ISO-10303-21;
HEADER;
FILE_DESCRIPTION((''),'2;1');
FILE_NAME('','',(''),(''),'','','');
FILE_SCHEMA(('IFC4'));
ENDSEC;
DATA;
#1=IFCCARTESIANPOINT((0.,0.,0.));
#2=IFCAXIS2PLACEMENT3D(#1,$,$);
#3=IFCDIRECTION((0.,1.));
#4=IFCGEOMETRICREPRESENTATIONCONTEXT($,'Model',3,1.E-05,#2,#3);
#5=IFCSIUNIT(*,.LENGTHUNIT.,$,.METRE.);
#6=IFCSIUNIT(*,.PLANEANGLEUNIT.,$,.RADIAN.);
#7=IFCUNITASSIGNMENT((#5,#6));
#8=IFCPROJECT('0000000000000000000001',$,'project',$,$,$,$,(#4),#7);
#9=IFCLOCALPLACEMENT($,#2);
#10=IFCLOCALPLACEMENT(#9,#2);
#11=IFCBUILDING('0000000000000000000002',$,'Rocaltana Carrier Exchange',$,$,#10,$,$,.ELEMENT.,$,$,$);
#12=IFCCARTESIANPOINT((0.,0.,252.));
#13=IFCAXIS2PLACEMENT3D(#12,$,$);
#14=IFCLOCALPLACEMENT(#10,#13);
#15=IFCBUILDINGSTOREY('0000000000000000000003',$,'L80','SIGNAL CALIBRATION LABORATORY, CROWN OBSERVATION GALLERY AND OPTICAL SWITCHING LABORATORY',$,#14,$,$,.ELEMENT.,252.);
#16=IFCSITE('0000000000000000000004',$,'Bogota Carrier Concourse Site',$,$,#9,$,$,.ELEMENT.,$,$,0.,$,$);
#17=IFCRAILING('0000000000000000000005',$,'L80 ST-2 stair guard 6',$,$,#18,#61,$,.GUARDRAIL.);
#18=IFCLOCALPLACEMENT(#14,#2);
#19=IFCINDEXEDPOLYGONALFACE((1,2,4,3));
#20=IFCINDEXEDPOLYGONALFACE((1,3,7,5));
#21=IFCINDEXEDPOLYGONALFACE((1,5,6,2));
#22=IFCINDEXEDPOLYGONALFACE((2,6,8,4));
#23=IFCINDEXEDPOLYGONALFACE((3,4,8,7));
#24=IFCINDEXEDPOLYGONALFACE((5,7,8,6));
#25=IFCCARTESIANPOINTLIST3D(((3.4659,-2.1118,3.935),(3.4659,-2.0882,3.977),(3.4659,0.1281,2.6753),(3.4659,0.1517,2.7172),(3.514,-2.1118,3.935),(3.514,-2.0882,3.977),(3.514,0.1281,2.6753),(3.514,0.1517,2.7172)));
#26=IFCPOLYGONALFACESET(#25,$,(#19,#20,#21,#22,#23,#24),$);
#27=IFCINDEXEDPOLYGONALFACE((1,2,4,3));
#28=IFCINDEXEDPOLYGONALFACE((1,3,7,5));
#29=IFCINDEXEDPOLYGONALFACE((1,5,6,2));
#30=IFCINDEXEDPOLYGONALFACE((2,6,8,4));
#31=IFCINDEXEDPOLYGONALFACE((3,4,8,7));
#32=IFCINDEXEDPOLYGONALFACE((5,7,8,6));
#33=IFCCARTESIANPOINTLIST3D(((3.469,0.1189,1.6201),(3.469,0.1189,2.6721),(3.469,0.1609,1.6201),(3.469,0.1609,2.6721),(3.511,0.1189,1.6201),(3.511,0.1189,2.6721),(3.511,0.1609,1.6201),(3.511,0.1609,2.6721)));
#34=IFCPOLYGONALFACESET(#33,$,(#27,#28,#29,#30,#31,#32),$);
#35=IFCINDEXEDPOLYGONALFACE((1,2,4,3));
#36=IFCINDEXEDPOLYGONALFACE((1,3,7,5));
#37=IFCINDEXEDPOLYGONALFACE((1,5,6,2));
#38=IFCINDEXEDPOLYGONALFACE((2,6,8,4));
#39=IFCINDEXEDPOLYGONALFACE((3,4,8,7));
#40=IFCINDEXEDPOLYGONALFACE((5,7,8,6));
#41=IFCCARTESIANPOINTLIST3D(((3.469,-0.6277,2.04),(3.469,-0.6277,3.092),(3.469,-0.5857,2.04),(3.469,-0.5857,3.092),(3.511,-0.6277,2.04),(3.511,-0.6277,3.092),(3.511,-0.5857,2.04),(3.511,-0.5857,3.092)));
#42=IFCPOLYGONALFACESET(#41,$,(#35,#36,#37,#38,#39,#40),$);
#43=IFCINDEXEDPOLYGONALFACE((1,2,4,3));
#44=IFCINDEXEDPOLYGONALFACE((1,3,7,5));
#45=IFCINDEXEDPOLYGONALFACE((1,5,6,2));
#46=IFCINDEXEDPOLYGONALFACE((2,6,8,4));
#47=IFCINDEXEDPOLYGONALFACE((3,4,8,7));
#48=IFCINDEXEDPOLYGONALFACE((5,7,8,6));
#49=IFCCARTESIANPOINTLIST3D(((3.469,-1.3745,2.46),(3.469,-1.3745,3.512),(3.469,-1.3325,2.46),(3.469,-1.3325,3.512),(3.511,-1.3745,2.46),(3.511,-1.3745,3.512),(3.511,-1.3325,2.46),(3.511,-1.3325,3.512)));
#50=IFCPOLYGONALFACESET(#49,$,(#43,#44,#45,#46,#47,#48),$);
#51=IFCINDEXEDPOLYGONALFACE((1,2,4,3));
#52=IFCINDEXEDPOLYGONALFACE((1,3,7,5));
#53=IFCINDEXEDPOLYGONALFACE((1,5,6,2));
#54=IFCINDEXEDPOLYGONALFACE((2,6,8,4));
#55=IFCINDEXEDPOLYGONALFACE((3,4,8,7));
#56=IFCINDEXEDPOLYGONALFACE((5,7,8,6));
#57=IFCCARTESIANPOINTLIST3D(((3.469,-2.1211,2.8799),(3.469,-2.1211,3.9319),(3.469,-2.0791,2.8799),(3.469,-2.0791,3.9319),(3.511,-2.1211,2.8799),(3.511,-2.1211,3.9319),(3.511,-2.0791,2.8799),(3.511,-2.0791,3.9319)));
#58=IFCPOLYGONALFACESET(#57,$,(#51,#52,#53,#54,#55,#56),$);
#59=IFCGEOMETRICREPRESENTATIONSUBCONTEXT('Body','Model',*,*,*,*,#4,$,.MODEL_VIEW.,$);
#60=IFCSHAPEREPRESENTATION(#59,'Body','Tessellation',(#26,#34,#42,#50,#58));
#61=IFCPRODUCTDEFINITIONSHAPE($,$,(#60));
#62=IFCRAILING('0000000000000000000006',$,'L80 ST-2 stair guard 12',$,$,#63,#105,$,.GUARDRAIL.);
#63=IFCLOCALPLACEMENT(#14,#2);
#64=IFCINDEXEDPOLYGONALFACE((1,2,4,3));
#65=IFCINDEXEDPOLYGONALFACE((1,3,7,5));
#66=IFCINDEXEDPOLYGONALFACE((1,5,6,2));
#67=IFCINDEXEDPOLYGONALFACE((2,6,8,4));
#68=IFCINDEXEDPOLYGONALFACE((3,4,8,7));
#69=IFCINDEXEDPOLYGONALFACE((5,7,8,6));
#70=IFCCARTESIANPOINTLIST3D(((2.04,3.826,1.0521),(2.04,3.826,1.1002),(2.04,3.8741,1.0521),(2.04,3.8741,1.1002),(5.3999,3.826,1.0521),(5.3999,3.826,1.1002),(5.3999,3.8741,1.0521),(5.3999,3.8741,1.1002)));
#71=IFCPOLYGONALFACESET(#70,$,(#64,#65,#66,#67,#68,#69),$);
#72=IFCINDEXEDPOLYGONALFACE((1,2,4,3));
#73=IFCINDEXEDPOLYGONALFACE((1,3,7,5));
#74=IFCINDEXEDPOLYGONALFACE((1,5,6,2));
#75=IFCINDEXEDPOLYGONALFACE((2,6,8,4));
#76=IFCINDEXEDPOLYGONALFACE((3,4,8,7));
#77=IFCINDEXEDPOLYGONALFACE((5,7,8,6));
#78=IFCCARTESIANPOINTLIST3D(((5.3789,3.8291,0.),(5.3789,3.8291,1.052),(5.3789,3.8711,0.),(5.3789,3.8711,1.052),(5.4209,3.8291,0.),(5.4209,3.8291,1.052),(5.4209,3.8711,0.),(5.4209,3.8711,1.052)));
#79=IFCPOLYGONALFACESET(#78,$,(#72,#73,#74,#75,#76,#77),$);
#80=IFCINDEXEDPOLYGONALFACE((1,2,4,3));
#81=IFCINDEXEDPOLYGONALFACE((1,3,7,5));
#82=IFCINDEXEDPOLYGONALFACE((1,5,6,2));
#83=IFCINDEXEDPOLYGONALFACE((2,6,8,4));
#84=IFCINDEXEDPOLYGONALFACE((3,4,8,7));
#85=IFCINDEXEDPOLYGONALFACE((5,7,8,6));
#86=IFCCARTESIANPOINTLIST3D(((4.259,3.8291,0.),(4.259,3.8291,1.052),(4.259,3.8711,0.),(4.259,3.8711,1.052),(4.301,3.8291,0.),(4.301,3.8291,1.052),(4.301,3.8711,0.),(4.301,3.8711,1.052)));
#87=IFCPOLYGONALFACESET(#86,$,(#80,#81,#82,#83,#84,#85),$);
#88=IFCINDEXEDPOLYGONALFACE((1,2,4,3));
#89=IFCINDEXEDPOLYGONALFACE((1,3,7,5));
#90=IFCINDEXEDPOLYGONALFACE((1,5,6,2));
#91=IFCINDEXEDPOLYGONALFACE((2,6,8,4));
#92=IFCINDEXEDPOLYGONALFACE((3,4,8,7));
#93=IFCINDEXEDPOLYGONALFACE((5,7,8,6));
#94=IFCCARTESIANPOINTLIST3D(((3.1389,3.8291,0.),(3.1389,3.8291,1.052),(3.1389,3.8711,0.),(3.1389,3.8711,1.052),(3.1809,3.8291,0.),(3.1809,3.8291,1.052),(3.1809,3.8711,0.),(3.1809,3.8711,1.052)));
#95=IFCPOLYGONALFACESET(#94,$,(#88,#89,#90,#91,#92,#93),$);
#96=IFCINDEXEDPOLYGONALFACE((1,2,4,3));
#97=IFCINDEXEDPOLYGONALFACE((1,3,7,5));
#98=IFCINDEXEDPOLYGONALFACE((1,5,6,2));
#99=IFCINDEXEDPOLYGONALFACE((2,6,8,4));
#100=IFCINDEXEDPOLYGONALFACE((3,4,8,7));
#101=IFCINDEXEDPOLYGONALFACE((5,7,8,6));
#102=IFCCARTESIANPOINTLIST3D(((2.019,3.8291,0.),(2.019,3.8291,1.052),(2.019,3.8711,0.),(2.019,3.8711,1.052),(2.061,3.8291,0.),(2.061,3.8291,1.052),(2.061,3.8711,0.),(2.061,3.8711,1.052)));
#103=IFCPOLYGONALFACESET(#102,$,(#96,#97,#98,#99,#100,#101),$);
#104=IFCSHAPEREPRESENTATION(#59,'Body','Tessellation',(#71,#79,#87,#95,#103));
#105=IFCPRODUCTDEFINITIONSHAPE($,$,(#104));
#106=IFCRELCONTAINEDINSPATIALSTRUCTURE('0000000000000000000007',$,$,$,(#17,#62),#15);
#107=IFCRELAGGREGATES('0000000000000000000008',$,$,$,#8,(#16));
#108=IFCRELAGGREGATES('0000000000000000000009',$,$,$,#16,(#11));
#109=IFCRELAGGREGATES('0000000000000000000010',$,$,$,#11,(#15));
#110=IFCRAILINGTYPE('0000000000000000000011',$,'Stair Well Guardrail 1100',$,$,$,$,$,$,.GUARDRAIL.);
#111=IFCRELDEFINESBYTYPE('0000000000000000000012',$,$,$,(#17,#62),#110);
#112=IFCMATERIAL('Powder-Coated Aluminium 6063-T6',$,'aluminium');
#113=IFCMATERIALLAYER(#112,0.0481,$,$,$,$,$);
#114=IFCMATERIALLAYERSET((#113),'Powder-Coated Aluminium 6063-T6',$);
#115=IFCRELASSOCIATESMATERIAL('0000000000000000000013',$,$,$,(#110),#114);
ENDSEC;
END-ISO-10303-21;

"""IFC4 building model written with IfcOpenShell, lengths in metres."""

from ifc_helpers import new_model, si_unit, direction, frame, origin, origin_2d, place, context, subcontext, project, spatial, rectangle, extrude, material, layer, layer_set, type_object, element, save


model = new_model("IFC4")

# Units and contexts
model_context = context("Model", 3, precision=1e-05, world=origin(), true_north=direction((0.0, 1.0)))
body_context = subcontext(model_context, "Body", "Model", "MODEL_VIEW")
ifc_project = project(units=[si_unit("LENGTHUNIT", "METRE"), si_unit("PLANEANGLEUNIT", "RADIAN")], contexts=[model_context])

# Site, building, storey
site_placement = place(None, origin())
site = spatial("IfcSite", under=ifc_project, at=site_placement, Name="Bogota Carrier Concourse Site", CompositionType="ELEMENT", RefElevation=0.0)
building_placement = place(site_placement, origin())
building = spatial("IfcBuilding", under=site, at=building_placement, Name="Rocaltana Carrier Exchange", CompositionType="ELEMENT")
storey_placement = place(building_placement, frame((0.0, 0.0, 252.0)))
storey = spatial("IfcBuildingStorey", under=building, at=storey_placement, Name="L80", Description="SIGNAL CALIBRATION LABORATORY, CROWN OBSERVATION GALLERY AND OPTICAL SWITCHING LABORATORY", CompositionType="ELEMENT", Elevation=252.0)

# Railings
ifc_material_1 = material(Name="Powder-Coated Aluminium 6063-T6", Category="aluminium")
ifc_layer_1 = layer(ifc_material_1, 0.0481)
ifc_layer_set_1 = layer_set([ifc_layer_1], Name="Powder-Coated Aluminium 6063-T6")
railing_type_1 = type_object("IfcRailingType", Name="Stair Well Guardrail 1100", PredefinedType="GUARDRAIL", material=ifc_layer_set_1)
railing_1_placement = place(storey_placement, frame((3.49, 0.1399, 1.6201)))
element("IfcRailing", 1, at=railing_1_placement, inside=storey, type_object=railing_type_1, Name="L80 ST-2 stair guard 6", PredefinedType="GUARDRAIL", context=body_context, shape_type="SweptSolid", body=[
    extrude(rectangle(XDim=0.0481, YDim=0.0481, at=origin_2d()), frame((0.0, 0.0, 1.0762), z_axis=(0.0, -0.871614, 0.490194), x_axis=(1.0, 0.0, 0.0)), (0.0, 0.0, 1.0), 2.5698),
    extrude(rectangle(XDim=0.042, YDim=0.042, at=origin_2d()), origin(), (0.0, 0.0, 1.0), 1.052),
    extrude(rectangle(XDim=0.042, YDim=0.042, at=origin_2d()), frame((0.0, -0.7466, 0.4199)), (0.0, 0.0, 1.0), 1.052),
    extrude(rectangle(XDim=0.042, YDim=0.042, at=origin_2d()), frame((0.0, -1.4934, 0.8398)), (0.0, 0.0, 1.0), 1.052),
    extrude(rectangle(XDim=0.042, YDim=0.042, at=origin_2d()), frame((0.0, -2.24, 1.2598)), (0.0, 0.0, 1.0), 1.052),
])
railing_2_placement = place(storey_placement, frame((5.3999, 3.8501, 0.0)))
element("IfcRailing", 2, at=railing_2_placement, inside=storey, type_object=railing_type_1, Name="L80 ST-2 stair guard 12", PredefinedType="GUARDRAIL", context=body_context, shape_type="SweptSolid", body=[
    extrude(rectangle(XDim=0.0481, YDim=0.0481, at=origin_2d()), frame((0.0, 0.0, 1.0762), z_axis=(-1.0, 0.0, 0.0), x_axis=(0.0, -1.0, 0.0)), (0.0, 0.0, 1.0), 3.3599),
    extrude(rectangle(XDim=0.042, YDim=0.042, at=origin_2d()), origin(), (0.0, 0.0, 1.0), 1.052),
    extrude(rectangle(XDim=0.042, YDim=0.042, at=origin_2d()), frame((-1.1199, 0.0, 0.0)), (0.0, 0.0, 1.0), 1.052),
    extrude(rectangle(XDim=0.042, YDim=0.042, at=origin_2d()), frame((-2.24, 0.0, 0.0)), (0.0, 0.0, 1.0), 1.052),
    extrude(rectangle(XDim=0.042, YDim=0.042, at=origin_2d()), frame((-3.3599, 0.0, 0.0)), (0.0, 0.0, 1.0), 1.052),
])

save(model, "model.ifc")
